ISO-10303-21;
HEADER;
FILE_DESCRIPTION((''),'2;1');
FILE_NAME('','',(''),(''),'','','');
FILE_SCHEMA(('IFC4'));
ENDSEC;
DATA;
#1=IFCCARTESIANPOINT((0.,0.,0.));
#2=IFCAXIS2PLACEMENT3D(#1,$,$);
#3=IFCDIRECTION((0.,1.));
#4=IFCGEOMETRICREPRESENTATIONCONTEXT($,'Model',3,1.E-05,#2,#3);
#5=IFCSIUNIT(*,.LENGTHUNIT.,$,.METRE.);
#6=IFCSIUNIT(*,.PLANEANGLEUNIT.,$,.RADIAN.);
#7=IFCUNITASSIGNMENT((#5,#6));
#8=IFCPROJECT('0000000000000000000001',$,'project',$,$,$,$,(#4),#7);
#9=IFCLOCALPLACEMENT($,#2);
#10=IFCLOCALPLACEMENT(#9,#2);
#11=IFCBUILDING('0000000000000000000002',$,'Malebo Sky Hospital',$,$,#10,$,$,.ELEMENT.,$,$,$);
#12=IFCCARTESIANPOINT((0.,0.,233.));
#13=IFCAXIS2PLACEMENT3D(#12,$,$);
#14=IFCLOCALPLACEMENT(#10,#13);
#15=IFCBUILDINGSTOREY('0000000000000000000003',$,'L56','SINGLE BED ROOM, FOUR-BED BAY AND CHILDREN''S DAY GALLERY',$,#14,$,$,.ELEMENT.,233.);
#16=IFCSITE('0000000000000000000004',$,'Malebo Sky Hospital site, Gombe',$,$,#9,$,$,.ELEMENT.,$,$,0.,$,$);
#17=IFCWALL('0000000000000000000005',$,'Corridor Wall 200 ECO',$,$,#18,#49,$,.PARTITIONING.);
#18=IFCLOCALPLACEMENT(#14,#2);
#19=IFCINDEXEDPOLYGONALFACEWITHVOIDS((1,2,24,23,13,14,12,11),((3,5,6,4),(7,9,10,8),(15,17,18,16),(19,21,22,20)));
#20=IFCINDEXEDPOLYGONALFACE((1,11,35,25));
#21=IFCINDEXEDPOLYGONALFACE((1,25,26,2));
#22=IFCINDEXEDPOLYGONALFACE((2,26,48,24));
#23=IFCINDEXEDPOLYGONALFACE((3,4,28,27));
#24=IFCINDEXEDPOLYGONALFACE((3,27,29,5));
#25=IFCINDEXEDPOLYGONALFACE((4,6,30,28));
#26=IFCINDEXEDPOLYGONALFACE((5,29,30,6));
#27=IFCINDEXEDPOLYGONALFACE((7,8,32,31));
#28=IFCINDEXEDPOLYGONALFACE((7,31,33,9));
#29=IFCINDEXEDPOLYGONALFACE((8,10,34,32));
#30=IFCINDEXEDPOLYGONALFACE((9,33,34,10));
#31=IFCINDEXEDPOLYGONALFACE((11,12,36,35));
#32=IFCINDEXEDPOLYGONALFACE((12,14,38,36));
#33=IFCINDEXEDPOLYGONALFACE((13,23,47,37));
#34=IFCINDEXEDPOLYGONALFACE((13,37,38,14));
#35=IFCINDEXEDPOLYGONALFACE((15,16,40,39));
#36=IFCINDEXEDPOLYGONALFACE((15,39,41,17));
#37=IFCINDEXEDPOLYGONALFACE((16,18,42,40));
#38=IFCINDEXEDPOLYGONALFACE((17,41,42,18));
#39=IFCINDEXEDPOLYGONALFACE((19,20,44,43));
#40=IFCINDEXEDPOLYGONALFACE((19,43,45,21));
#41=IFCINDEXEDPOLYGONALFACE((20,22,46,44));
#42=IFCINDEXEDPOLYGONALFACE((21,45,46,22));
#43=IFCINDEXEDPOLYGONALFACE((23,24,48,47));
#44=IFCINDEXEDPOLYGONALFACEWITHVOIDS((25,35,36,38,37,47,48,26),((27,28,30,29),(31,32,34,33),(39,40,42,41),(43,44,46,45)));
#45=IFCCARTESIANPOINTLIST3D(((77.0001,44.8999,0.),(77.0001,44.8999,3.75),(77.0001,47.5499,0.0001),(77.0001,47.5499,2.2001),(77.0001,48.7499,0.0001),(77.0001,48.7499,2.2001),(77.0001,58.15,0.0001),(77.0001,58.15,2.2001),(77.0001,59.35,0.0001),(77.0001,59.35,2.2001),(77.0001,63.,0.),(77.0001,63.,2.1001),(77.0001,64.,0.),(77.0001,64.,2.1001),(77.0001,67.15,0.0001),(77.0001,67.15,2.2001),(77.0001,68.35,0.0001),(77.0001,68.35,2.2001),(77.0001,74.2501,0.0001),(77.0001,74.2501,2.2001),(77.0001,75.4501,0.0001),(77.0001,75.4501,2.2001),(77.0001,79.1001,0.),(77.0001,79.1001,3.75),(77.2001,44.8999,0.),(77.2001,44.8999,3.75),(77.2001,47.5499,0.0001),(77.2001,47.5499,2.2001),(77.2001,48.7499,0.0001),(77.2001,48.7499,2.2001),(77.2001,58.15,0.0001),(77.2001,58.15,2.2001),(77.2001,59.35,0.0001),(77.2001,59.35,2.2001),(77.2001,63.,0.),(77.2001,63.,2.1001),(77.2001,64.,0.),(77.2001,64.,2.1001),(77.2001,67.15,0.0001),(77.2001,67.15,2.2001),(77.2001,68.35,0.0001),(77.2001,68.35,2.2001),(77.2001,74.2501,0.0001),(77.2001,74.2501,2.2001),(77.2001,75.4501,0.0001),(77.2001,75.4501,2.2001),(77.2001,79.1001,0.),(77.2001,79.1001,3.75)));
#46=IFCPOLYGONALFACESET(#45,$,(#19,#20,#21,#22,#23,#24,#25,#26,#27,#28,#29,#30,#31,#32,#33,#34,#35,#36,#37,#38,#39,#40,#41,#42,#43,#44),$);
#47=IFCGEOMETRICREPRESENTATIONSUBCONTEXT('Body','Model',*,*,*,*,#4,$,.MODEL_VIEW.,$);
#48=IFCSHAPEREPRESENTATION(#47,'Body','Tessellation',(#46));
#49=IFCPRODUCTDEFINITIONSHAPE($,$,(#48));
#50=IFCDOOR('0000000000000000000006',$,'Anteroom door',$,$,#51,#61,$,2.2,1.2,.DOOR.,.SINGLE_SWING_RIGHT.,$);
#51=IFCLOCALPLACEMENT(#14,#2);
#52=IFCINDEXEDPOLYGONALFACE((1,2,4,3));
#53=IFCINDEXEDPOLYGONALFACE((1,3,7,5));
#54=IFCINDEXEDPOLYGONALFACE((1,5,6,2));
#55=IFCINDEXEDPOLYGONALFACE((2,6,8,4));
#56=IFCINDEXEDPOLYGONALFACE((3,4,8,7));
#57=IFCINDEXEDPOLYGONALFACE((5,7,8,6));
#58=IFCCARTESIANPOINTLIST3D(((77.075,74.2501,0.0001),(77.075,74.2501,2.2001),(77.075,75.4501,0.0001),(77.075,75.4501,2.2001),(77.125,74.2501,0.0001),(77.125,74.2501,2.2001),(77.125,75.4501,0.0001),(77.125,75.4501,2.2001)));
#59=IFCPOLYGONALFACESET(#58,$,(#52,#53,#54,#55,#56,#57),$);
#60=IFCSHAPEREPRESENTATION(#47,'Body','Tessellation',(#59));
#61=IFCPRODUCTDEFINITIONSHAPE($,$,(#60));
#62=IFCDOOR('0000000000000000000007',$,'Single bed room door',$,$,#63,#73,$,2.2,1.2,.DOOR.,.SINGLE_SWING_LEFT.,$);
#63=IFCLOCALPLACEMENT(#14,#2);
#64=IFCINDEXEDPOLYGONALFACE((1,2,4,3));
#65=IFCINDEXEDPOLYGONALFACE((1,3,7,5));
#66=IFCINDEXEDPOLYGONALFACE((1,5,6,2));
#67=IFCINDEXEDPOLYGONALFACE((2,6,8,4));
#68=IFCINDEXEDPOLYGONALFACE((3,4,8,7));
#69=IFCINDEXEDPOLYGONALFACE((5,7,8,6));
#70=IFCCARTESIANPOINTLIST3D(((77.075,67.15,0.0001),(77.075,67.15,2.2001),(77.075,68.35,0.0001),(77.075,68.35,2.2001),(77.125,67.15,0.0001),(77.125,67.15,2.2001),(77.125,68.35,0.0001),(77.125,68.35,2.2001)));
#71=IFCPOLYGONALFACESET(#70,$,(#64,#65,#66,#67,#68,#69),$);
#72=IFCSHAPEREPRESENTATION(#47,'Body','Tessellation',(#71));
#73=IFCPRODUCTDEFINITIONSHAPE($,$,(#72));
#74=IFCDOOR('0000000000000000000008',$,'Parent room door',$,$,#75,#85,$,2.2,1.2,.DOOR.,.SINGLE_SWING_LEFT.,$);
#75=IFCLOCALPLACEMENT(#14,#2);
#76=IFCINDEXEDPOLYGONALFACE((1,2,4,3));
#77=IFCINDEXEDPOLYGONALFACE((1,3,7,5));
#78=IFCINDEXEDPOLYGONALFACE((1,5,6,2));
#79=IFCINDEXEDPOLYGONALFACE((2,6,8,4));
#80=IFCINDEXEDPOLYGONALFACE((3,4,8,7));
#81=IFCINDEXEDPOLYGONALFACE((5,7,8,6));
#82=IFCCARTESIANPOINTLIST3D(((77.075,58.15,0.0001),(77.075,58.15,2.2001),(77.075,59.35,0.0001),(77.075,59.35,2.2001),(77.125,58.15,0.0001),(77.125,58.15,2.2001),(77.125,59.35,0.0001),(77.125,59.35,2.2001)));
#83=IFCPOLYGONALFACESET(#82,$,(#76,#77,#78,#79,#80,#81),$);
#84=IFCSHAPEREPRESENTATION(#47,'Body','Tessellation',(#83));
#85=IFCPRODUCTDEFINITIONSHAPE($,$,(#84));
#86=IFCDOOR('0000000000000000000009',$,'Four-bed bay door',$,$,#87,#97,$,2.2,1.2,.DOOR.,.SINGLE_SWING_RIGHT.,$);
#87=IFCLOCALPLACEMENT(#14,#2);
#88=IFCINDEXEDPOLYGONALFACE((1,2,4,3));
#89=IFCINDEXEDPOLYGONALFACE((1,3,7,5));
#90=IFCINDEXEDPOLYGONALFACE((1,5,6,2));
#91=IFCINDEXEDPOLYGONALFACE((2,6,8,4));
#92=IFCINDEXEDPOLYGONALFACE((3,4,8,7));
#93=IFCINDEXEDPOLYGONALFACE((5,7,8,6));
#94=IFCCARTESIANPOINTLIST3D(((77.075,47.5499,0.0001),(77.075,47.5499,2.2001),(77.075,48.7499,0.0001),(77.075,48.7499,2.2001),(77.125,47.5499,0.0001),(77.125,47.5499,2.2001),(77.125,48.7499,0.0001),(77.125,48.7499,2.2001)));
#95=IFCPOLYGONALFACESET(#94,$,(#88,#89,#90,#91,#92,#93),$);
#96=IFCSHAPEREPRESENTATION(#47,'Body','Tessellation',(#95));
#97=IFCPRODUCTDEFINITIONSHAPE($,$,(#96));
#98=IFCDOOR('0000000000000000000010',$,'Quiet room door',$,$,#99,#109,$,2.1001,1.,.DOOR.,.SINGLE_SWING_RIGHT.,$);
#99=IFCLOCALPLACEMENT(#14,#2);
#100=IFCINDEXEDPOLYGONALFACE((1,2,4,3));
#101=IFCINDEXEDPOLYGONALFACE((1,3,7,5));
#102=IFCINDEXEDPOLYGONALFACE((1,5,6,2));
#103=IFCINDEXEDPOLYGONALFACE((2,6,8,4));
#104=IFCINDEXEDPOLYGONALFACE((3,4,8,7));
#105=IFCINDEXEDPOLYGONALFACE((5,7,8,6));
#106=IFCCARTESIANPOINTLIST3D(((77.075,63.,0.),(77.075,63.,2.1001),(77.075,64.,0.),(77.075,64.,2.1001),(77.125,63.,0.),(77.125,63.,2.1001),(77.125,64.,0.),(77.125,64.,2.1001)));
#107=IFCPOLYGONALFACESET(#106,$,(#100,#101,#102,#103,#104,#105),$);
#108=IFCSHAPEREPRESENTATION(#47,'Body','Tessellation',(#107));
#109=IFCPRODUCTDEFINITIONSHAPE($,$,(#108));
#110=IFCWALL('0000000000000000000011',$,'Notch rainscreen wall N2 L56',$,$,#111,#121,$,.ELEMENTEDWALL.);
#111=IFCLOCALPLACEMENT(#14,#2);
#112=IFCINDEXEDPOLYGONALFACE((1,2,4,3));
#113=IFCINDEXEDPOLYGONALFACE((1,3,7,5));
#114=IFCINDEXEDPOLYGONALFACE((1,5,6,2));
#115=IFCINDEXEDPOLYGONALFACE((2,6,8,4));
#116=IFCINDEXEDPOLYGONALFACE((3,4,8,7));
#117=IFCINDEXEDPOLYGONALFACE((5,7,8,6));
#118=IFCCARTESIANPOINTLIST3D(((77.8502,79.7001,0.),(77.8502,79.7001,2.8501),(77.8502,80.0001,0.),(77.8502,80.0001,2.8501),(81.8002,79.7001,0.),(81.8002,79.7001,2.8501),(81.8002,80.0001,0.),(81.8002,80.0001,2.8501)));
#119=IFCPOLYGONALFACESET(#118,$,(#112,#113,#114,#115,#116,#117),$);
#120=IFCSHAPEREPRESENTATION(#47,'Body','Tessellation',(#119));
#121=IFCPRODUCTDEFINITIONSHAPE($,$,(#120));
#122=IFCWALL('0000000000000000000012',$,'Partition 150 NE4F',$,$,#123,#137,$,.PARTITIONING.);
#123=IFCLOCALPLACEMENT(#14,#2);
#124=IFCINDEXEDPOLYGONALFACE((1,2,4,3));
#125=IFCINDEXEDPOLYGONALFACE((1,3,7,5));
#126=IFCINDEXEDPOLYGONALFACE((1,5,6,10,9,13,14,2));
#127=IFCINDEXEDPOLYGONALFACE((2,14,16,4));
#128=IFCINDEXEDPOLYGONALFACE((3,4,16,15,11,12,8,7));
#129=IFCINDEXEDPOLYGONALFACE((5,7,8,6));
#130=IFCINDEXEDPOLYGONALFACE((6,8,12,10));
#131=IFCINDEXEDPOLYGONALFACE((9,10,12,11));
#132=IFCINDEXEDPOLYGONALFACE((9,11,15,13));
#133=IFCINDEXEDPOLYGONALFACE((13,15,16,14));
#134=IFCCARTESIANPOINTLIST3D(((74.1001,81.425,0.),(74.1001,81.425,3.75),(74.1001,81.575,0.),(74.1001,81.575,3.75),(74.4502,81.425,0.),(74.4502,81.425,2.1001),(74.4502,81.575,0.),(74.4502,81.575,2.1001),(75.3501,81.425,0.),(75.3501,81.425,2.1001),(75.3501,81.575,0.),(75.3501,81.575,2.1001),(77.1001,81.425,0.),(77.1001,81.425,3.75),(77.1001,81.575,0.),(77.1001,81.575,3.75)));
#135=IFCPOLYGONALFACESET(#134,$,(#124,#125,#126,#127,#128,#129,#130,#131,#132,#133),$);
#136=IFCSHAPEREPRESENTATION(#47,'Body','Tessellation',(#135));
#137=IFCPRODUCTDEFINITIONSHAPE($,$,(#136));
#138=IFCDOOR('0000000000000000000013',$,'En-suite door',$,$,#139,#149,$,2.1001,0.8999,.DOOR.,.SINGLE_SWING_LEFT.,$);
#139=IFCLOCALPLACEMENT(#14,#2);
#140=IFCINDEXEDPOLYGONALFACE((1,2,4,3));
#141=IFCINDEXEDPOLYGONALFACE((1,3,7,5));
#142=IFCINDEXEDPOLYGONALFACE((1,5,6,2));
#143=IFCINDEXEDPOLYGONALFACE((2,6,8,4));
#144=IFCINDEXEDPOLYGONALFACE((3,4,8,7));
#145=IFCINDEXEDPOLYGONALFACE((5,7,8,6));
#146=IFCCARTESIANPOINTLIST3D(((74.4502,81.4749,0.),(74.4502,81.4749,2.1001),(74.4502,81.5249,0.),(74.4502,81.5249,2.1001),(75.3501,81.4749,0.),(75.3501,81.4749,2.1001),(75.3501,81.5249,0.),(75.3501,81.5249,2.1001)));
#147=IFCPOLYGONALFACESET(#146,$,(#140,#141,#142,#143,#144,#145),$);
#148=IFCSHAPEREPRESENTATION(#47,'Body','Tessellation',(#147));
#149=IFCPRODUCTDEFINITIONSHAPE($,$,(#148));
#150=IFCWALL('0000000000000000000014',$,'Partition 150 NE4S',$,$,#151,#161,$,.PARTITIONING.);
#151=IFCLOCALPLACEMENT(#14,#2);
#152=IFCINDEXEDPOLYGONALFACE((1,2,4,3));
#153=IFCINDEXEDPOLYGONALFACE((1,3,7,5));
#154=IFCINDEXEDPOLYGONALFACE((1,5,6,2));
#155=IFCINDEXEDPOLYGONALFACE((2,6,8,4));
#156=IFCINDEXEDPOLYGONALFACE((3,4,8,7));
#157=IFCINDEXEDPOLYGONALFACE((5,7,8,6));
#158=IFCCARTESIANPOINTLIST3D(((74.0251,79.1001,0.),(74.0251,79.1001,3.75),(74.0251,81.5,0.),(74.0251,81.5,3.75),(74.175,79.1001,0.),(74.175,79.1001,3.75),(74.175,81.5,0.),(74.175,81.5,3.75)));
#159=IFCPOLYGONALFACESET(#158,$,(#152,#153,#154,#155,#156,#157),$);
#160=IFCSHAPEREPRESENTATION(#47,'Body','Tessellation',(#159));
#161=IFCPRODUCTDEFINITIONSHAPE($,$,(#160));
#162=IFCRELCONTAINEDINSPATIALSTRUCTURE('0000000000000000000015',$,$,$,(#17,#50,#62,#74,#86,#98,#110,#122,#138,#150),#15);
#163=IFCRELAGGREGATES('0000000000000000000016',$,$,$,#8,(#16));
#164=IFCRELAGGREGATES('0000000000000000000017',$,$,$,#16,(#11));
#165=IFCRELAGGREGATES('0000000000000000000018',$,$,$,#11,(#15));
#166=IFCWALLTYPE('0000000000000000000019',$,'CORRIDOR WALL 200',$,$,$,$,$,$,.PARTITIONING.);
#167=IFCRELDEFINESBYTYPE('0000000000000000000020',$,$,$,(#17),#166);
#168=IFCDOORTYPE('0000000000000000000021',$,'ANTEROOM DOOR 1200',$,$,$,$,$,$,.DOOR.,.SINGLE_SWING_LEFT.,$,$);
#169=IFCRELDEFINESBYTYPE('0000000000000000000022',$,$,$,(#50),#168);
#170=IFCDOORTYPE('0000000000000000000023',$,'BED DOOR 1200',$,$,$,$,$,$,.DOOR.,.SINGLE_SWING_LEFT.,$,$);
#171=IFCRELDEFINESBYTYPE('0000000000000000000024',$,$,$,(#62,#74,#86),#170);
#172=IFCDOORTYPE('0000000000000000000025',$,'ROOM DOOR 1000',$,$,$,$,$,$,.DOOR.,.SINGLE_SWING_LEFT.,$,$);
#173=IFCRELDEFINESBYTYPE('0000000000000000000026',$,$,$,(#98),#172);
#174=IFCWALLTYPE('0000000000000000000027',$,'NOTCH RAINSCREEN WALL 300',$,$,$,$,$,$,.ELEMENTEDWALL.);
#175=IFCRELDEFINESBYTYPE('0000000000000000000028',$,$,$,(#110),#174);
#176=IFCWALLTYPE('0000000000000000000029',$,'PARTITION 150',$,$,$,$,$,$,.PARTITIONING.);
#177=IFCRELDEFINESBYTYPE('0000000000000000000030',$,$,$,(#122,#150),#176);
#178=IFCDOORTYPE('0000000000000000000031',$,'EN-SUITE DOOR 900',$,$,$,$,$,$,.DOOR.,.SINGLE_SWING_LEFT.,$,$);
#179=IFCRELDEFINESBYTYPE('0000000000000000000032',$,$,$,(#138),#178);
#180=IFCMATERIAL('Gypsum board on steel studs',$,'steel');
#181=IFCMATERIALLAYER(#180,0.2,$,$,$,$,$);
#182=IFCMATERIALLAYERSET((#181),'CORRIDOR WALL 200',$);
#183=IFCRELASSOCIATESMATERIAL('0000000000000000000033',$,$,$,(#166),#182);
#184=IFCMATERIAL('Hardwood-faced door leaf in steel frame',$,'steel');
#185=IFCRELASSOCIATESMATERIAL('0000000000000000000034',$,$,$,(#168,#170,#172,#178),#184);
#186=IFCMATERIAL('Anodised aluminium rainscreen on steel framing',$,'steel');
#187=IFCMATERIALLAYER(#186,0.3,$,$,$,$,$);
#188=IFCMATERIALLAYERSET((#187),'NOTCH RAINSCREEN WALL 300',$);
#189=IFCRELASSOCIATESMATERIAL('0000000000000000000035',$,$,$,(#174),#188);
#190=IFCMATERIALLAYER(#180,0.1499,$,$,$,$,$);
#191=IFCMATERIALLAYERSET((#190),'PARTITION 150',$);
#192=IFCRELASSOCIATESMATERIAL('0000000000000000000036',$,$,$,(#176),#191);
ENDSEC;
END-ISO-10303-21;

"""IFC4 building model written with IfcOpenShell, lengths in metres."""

from ifc_helpers import new_model, si_unit, direction, frame, frame_2d, origin, place, context, subcontext, project, spatial, rectangle, extrude, material, layer, layer_set, type_object, element, fill, save


model = new_model("IFC4")

# Units and contexts
model_context = context("Model", 3, precision=1e-05, world=origin(), true_north=direction((0.0, 1.0)))
body_context = subcontext(model_context, "Body", "Model", "MODEL_VIEW")
ifc_project = project(units=[si_unit("LENGTHUNIT", "METRE"), si_unit("PLANEANGLEUNIT", "RADIAN")], contexts=[model_context])

# Site, building, storey
site_placement = place(None, origin())
site = spatial("IfcSite", under=ifc_project, at=site_placement, Name="Malebo Sky Hospital site, Gombe", CompositionType="ELEMENT", RefElevation=0.0)
building_placement = place(site_placement, origin())
building = spatial("IfcBuilding", under=site, at=building_placement, Name="Malebo Sky Hospital", CompositionType="ELEMENT")
storey_placement = place(building_placement, frame((0.0, 0.0, 233.0)))
storey = spatial("IfcBuildingStorey", under=building, at=storey_placement, Name="L56", Description="SINGLE BED ROOM, FOUR-BED BAY AND CHILDREN'S DAY GALLERY", CompositionType="ELEMENT", Elevation=233.0)

# Wall, openings, doors
ifc_material_1 = material(Name="Gypsum board on steel studs", Category="steel")
ifc_layer_1 = layer(ifc_material_1, 0.2)
ifc_layer_set_1 = layer_set([ifc_layer_1], Name="CORRIDOR WALL 200")
wall_type_1 = type_object("IfcWallType", Name="CORRIDOR WALL 200", PredefinedType="PARTITIONING", material=ifc_layer_set_1)
wall_1_placement = place(storey_placement, frame((77.1001, 79.1001, 0.0), z_axis=(0.0, 0.0, 1.0), x_axis=(0.0, -1.0, 0.0)))
wall_1 = element("IfcWall", 1, at=wall_1_placement, inside=storey, type_object=wall_type_1, Name="Corridor Wall 200 ECO", PredefinedType="PARTITIONING", context=body_context, shape_type="SweptSolid", body=[
    extrude(rectangle(XDim=34.2002, YDim=0.2, at=frame_2d((17.1001, 0.0))), origin(), (0.0, 0.0, 1.0), 3.75),
])
opening_1_placement = place(wall_1_placement, frame((3.6499, 0.0, 0.0)))
opening_1 = element("IfcOpeningElement", 2, at=opening_1_placement, cuts=wall_1, PredefinedType="OPENING", context=body_context, shape_type="SweptSolid", body=[
    extrude(rectangle(XDim=1.2, YDim=2.2, at=frame_2d((0.6001, 1.1001))), frame((0.0, 0.1099, 0.0), z_axis=(0.0, -1.0, 0.0), x_axis=(1.0, 0.0, 0.0)), (0.0, 0.0, 1.0), 0.22),
])
opening_2_placement = place(wall_1_placement, frame((10.75, 0.0, 0.0)))
opening_2 = element("IfcOpeningElement", 3, at=opening_2_placement, cuts=wall_1, PredefinedType="OPENING", context=body_context, shape_type="SweptSolid", body=[
    extrude(rectangle(XDim=1.2, YDim=2.2, at=frame_2d((0.6001, 1.1001))), frame((0.0, 0.1099, 0.0), z_axis=(0.0, -1.0, 0.0), x_axis=(1.0, 0.0, 0.0)), (0.0, 0.0, 1.0), 0.22),
])
opening_3_placement = place(wall_1_placement, frame((15.1001, 0.0, 0.0)))
opening_3 = element("IfcOpeningElement", 4, at=opening_3_placement, cuts=wall_1, PredefinedType="OPENING", context=body_context, shape_type="SweptSolid", body=[
    extrude(rectangle(XDim=1.0, YDim=2.1001, at=frame_2d((0.5, 1.05))), frame((0.0, 0.1099, 0.0), z_axis=(0.0, -1.0, 0.0), x_axis=(1.0, 0.0, 0.0)), (0.0, 0.0, 1.0), 0.22),
])
opening_4_placement = place(wall_1_placement, frame((19.75, 0.0, 0.0)))
opening_4 = element("IfcOpeningElement", 5, at=opening_4_placement, cuts=wall_1, PredefinedType="OPENING", context=body_context, shape_type="SweptSolid", body=[
    extrude(rectangle(XDim=1.2, YDim=2.2, at=frame_2d((0.6001, 1.1001))), frame((0.0, 0.1099, 0.0), z_axis=(0.0, -1.0, 0.0), x_axis=(1.0, 0.0, 0.0)), (0.0, 0.0, 1.0), 0.22),
])
opening_5_placement = place(wall_1_placement, frame((30.3501, 0.0, 0.0)))
opening_5 = element("IfcOpeningElement", 6, at=opening_5_placement, cuts=wall_1, PredefinedType="OPENING", context=body_context, shape_type="SweptSolid", body=[
    extrude(rectangle(XDim=1.2, YDim=2.2, at=frame_2d((0.6001, 1.1001))), frame((0.0, 0.1099, 0.0), z_axis=(0.0, -1.0, 0.0), x_axis=(1.0, 0.0, 0.0)), (0.0, 0.0, 1.0), 0.22),
])
ifc_material_2 = material(Name="Hardwood-faced door leaf in steel frame", Category="steel")
door_type_1 = type_object("IfcDoorType", Name="ANTEROOM DOOR 1200", OperationType="SINGLE_SWING_LEFT", PredefinedType="DOOR", material=ifc_material_2)
door_1_placement = place(opening_1_placement, origin())
door_1 = element("IfcDoor", 7, at=door_1_placement, inside=storey, type_object=door_type_1, Name="Anteroom door", OperationType="SINGLE_SWING_RIGHT", OverallHeight=2.2, OverallWidth=1.2, PredefinedType="DOOR", context=body_context, shape_type="SweptSolid", body=[
    extrude(rectangle(XDim=1.2, YDim=2.2, at=frame_2d((0.6001, 1.1001))), frame((0.0, 0.0249, 0.0), z_axis=(0.0, -1.0, 0.0), x_axis=(1.0, 0.0, 0.0)), (0.0, 0.0, 1.0), 0.05),
])
fill(opening_1, door_1)
door_type_2 = type_object("IfcDoorType", Name="BED DOOR 1200", OperationType="SINGLE_SWING_LEFT", PredefinedType="DOOR", material=ifc_material_2)
door_2_placement = place(opening_2_placement, origin())
door_2 = element("IfcDoor", 8, at=door_2_placement, inside=storey, type_object=door_type_2, Name="Single bed room door", OperationType="SINGLE_SWING_LEFT", OverallHeight=2.2, OverallWidth=1.2, PredefinedType="DOOR", context=body_context, shape_type="SweptSolid", body=[
    extrude(rectangle(XDim=1.2, YDim=2.2, at=frame_2d((0.6001, 1.1001))), frame((0.0, 0.0249, 0.0), z_axis=(0.0, -1.0, 0.0), x_axis=(1.0, 0.0, 0.0)), (0.0, 0.0, 1.0), 0.05),
])
fill(opening_2, door_2)
door_3_placement = place(opening_4_placement, origin())
door_3 = element("IfcDoor", 9, at=door_3_placement, inside=storey, type_object=door_type_2, Name="Parent room door", OperationType="SINGLE_SWING_LEFT", OverallHeight=2.2, OverallWidth=1.2, PredefinedType="DOOR", context=body_context, shape_type="SweptSolid", body=[
    extrude(rectangle(XDim=1.2, YDim=2.2, at=frame_2d((0.6001, 1.1001))), frame((0.0, 0.0249, 0.0), z_axis=(0.0, -1.0, 0.0), x_axis=(1.0, 0.0, 0.0)), (0.0, 0.0, 1.0), 0.05),
])
fill(opening_4, door_3)
door_4_placement = place(opening_5_placement, origin())
door_4 = element("IfcDoor", 10, at=door_4_placement, inside=storey, type_object=door_type_2, Name="Four-bed bay door", OperationType="SINGLE_SWING_RIGHT", OverallHeight=2.2, OverallWidth=1.2, PredefinedType="DOOR", context=body_context, shape_type="SweptSolid", body=[
    extrude(rectangle(XDim=1.2, YDim=2.2, at=frame_2d((0.6001, 1.1001))), frame((0.0, 0.0249, 0.0), z_axis=(0.0, -1.0, 0.0), x_axis=(1.0, 0.0, 0.0)), (0.0, 0.0, 1.0), 0.05),
])
fill(opening_5, door_4)
door_type_3 = type_object("IfcDoorType", Name="ROOM DOOR 1000", OperationType="SINGLE_SWING_LEFT", PredefinedType="DOOR", material=ifc_material_2)
door_5_placement = place(opening_3_placement, origin())
door_5 = element("IfcDoor", 11, at=door_5_placement, inside=storey, type_object=door_type_3, Name="Quiet room door", OperationType="SINGLE_SWING_RIGHT", OverallHeight=2.1001, OverallWidth=1.0, PredefinedType="DOOR", context=body_context, shape_type="SweptSolid", body=[
    extrude(rectangle(XDim=1.0, YDim=2.1001, at=frame_2d((0.5, 1.05))), frame((0.0, 0.0249, 0.0), z_axis=(0.0, -1.0, 0.0), x_axis=(1.0, 0.0, 0.0)), (0.0, 0.0, 1.0), 0.05),
])
fill(opening_3, door_5)

# Wall
ifc_material_3 = material(Name="Anodised aluminium rainscreen on steel framing", Category="steel")
ifc_layer_2 = layer(ifc_material_3, 0.3)
ifc_layer_set_2 = layer_set([ifc_layer_2], Name="NOTCH RAINSCREEN WALL 300")
wall_type_2 = type_object("IfcWallType", Name="NOTCH RAINSCREEN WALL 300", PredefinedType="ELEMENTEDWALL", material=ifc_layer_set_2)
wall_2_placement = place(storey_placement, frame((77.8501, 79.8501, 0.0), z_axis=(0.0, 0.0, 1.0), x_axis=(1.0, 0.0, 0.0)))
element("IfcWall", 12, at=wall_2_placement, inside=storey, type_object=wall_type_2, Name="Notch rainscreen wall N2 L56", PredefinedType="ELEMENTEDWALL", context=body_context, shape_type="SweptSolid", body=[
    extrude(rectangle(XDim=3.95, YDim=0.3, at=frame_2d((1.9751, 0.0))), origin(), (0.0, 0.0, 1.0), 2.8501),
])

# Wall, opening, door
ifc_layer_3 = layer(ifc_material_1, 0.1499)
ifc_layer_set_3 = layer_set([ifc_layer_3], Name="PARTITION 150")
wall_type_3 = type_object("IfcWallType", Name="PARTITION 150", PredefinedType="PARTITIONING", material=ifc_layer_set_3)
wall_3_placement = place(storey_placement, frame((74.1001, 81.5, 0.0), z_axis=(0.0, 0.0, 1.0), x_axis=(1.0, 0.0, 0.0)))
wall_3 = element("IfcWall", 13, at=wall_3_placement, inside=storey, type_object=wall_type_3, Name="Partition 150 NE4F", PredefinedType="PARTITIONING", context=body_context, shape_type="SweptSolid", body=[
    extrude(rectangle(XDim=3.0, YDim=0.1499, at=frame_2d((1.5, 0.0))), origin(), (0.0, 0.0, 1.0), 3.75),
])
opening_6_placement = place(wall_3_placement, frame((0.3501, 0.0, 0.0)))
opening_6 = element("IfcOpeningElement", 14, at=opening_6_placement, cuts=wall_3, PredefinedType="OPENING", context=body_context, shape_type="SweptSolid", body=[
    extrude(rectangle(XDim=0.8999, YDim=2.1001, at=frame_2d((0.45, 1.05))), frame((0.0, 0.085, 0.0), z_axis=(0.0, -1.0, 0.0), x_axis=(1.0, 0.0, 0.0)), (0.0, 0.0, 1.0), 0.1699),
])
door_type_4 = type_object("IfcDoorType", Name="EN-SUITE DOOR 900", OperationType="SINGLE_SWING_LEFT", PredefinedType="DOOR", material=ifc_material_2)
door_6_placement = place(opening_6_placement, origin())
door_6 = element("IfcDoor", 15, at=door_6_placement, inside=storey, type_object=door_type_4, Name="En-suite door", OperationType="SINGLE_SWING_LEFT", OverallHeight=2.1001, OverallWidth=0.8999, PredefinedType="DOOR", context=body_context, shape_type="SweptSolid", body=[
    extrude(rectangle(XDim=0.8999, YDim=2.1001, at=frame_2d((0.45, 1.05))), frame((0.0, 0.0249, 0.0), z_axis=(0.0, -1.0, 0.0), x_axis=(1.0, 0.0, 0.0)), (0.0, 0.0, 1.0), 0.05),
])
fill(opening_6, door_6)

# Wall
for number, where, z_axis, x_axis, name in (
    (16, (74.1001, 79.1001, 0.0), (0.0, 0.0, 1.0), (0.0, 1.0, 0.0), "Partition 150 NE4S"),
):
    element("IfcWall", number, at=place(storey_placement, frame(where, z_axis=z_axis, x_axis=x_axis)), inside=storey, type_object=wall_type_3, Name=name, PredefinedType="PARTITIONING", context=body_context, shape_type="SweptSolid", body=[
        extrude(rectangle(XDim=2.3999, YDim=0.1499, at=frame_2d((1.2, 0.0))), origin(), (0.0, 0.0, 1.0), 3.75),
    ])

save(model, "model.ifc")
